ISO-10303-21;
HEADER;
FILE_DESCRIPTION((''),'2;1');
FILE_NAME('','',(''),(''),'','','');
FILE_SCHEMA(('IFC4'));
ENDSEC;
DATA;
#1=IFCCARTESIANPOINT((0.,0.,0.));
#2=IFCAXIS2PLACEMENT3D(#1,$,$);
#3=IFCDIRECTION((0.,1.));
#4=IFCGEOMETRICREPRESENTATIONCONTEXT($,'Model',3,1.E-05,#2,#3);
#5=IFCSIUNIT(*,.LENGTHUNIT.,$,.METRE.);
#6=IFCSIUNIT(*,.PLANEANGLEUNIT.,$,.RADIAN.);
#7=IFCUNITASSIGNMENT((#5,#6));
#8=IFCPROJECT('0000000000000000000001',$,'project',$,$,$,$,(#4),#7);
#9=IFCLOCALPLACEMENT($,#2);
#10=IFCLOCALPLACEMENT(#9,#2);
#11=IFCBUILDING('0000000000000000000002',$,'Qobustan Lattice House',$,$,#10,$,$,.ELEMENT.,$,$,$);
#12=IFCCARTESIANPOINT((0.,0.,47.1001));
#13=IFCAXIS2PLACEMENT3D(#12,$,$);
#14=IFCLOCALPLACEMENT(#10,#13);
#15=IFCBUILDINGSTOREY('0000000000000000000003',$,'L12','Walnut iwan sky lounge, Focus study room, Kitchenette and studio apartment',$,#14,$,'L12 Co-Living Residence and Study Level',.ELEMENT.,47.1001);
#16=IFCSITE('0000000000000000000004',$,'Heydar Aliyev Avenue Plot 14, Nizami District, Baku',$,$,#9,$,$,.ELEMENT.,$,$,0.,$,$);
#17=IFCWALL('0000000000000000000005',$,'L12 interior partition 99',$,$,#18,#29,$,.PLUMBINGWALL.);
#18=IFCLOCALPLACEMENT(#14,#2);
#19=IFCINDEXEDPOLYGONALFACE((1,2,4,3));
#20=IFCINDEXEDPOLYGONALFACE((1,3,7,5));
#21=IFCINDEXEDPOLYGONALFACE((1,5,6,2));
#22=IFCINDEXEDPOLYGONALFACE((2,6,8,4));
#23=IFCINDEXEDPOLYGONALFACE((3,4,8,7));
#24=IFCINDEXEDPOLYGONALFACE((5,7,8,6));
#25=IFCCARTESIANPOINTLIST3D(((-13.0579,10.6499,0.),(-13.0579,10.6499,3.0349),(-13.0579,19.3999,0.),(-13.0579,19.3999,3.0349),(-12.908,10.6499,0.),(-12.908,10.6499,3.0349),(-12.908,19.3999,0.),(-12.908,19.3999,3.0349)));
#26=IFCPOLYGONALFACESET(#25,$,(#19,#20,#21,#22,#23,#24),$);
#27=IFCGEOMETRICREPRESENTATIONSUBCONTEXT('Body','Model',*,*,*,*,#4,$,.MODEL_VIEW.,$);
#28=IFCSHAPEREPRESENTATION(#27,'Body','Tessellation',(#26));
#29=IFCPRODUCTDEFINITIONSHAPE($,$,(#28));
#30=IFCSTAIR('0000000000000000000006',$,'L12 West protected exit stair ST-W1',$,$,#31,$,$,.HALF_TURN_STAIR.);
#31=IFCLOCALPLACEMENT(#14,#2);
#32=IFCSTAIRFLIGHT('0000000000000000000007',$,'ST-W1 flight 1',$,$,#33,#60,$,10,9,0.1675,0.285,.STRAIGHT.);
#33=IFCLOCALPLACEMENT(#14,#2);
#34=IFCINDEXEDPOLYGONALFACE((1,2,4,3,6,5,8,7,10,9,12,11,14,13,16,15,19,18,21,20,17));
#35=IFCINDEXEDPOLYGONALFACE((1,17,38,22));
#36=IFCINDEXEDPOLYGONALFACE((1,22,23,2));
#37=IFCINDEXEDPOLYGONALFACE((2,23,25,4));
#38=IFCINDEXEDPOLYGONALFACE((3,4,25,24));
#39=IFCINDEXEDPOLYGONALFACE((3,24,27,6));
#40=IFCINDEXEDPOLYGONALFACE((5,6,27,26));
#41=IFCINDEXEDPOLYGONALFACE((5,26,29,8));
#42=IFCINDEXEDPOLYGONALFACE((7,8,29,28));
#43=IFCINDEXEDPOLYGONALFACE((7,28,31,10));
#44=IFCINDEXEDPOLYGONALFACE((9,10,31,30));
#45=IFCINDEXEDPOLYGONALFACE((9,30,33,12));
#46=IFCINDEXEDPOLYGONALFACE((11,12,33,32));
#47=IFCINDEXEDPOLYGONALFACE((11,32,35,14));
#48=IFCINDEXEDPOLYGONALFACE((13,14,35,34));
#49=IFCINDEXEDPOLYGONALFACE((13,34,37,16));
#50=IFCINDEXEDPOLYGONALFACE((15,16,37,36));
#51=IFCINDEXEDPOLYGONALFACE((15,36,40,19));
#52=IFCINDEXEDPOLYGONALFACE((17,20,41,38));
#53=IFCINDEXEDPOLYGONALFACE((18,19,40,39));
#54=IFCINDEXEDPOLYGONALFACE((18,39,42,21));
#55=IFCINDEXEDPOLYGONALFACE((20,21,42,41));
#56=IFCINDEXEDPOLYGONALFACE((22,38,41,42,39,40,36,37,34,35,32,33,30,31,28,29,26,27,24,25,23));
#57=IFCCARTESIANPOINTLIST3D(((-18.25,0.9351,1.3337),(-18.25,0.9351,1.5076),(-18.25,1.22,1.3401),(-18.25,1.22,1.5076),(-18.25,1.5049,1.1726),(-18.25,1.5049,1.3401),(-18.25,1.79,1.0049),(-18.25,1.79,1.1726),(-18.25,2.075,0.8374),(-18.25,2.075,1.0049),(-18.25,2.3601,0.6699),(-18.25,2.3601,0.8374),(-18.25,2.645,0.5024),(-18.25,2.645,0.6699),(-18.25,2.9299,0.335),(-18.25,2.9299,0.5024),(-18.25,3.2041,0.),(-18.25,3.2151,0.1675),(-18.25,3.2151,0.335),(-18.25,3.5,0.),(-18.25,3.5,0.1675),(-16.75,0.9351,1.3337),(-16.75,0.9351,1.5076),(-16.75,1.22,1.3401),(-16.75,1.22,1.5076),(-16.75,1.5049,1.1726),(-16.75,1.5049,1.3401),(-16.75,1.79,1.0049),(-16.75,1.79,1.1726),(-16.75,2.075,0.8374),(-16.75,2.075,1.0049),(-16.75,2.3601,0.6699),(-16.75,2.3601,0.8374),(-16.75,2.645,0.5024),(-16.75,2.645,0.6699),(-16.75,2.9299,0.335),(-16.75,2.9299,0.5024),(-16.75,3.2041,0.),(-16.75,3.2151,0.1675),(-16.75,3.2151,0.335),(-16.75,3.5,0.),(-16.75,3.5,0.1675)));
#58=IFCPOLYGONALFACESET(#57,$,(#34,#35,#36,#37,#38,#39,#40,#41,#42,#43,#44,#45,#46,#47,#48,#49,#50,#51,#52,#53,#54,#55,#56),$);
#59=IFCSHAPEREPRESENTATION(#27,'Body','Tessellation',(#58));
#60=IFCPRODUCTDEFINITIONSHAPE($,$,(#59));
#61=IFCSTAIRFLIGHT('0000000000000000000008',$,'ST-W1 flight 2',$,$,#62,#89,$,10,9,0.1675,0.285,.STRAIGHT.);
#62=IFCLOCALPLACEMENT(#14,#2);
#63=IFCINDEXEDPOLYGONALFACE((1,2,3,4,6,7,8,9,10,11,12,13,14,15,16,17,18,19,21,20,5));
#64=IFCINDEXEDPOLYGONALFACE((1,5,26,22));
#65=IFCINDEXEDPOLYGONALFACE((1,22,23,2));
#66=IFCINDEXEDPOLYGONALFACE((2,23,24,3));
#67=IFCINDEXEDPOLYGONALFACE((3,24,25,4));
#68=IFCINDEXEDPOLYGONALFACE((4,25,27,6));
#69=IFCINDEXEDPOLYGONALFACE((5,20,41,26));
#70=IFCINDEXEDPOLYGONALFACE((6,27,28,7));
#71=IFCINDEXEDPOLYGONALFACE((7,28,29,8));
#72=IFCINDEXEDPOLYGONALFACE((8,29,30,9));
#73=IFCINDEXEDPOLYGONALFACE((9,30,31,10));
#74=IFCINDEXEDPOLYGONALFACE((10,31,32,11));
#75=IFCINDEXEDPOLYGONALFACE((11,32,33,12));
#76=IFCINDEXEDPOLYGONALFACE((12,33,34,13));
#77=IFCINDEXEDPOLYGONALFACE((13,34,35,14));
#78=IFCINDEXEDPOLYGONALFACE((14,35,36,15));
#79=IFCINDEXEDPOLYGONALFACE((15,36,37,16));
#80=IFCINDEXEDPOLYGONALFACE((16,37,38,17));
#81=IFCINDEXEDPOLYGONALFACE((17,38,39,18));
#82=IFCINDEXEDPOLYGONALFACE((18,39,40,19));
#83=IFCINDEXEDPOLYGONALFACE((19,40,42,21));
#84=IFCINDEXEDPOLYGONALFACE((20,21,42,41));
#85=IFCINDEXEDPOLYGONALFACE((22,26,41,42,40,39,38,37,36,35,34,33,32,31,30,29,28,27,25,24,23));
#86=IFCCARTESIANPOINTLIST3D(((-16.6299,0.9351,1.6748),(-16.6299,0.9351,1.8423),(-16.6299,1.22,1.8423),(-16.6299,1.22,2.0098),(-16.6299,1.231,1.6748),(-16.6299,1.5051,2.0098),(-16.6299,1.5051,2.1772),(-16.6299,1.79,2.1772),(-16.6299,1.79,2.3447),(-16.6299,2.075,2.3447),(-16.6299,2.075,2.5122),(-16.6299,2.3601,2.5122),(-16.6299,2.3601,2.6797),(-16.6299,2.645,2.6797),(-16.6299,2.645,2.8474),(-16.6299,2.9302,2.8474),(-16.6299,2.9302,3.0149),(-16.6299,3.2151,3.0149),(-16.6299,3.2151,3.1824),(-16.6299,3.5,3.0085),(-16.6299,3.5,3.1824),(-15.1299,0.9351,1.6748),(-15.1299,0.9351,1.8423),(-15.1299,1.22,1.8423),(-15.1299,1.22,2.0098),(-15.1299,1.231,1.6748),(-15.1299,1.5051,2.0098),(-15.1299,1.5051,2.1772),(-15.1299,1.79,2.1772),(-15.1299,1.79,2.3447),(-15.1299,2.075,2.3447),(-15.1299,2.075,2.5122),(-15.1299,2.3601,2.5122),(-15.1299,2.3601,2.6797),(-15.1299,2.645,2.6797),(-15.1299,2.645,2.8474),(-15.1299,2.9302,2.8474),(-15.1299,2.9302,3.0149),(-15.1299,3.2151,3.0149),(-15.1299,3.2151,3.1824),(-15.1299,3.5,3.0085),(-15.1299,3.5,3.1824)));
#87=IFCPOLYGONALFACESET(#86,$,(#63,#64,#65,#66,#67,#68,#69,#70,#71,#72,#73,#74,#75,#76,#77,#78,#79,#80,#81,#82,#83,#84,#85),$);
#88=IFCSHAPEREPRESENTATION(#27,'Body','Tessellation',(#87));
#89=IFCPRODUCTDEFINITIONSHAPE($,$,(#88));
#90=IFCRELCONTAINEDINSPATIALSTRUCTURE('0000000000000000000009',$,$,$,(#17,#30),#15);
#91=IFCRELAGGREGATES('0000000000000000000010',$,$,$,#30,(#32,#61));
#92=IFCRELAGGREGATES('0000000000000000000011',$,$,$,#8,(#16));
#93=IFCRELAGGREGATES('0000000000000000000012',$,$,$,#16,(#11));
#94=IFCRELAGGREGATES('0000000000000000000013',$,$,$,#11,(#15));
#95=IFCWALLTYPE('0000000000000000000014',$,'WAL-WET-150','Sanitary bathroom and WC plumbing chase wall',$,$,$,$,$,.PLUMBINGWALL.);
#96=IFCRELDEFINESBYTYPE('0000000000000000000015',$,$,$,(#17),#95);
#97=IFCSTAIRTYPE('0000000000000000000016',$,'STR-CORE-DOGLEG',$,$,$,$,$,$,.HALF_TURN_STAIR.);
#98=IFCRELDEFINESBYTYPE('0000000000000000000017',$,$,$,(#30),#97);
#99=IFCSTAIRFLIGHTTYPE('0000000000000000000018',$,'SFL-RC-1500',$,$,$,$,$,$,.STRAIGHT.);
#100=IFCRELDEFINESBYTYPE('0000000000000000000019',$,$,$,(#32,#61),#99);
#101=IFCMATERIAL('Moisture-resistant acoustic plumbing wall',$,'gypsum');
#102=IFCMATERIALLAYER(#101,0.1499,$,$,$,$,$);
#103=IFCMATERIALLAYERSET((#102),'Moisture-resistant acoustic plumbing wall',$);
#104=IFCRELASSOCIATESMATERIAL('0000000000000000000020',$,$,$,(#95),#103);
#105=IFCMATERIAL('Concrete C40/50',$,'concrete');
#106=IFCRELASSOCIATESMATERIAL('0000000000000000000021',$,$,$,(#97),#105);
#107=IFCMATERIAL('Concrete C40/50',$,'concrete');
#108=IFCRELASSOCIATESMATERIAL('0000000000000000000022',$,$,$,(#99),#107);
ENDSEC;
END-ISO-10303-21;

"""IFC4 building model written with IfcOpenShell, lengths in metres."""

from ifc_helpers import new_model, si_unit, direction, frame, frame_2d, origin, place, context, subcontext, project, spatial, polyline, rectangle, outline, extrude, material, layer, layer_set, type_object, element, aggregate, save


model = new_model("IFC4")

# Units and contexts
model_context = context("Model", 3, precision=1e-05, world=origin(), true_north=direction((0.0, 1.0)))
body_context = subcontext(model_context, "Body", "Model", "MODEL_VIEW")
ifc_project = project(units=[si_unit("LENGTHUNIT", "METRE"), si_unit("PLANEANGLEUNIT", "RADIAN")], contexts=[model_context])

# Site, building, storey
site_placement = place(None, origin())
site = spatial("IfcSite", under=ifc_project, at=site_placement, Name="Heydar Aliyev Avenue Plot 14, Nizami District, Baku", CompositionType="ELEMENT", RefElevation=0.0)
building_placement = place(site_placement, origin())
building = spatial("IfcBuilding", under=site, at=building_placement, Name="Qobustan Lattice House", CompositionType="ELEMENT")
storey_placement = place(building_placement, frame((0.0, 0.0, 47.1001)))
storey = spatial("IfcBuildingStorey", under=building, at=storey_placement, Name="L12", Description="Walnut iwan sky lounge, Focus study room, Kitchenette and studio apartment", LongName="L12 Co-Living Residence and Study Level", CompositionType="ELEMENT", Elevation=47.1001)

# Shared definitions
ifc_material_1 = material(Name="Moisture-resistant acoustic plumbing wall", Category="gypsum")
ifc_layer_1 = layer(ifc_material_1, 0.1499)
ifc_layer_set_1 = layer_set([ifc_layer_1], Name="Moisture-resistant acoustic plumbing wall")
wall_type_1 = type_object("IfcWallType", Name="WAL-WET-150", Description="Sanitary bathroom and WC plumbing chase wall", PredefinedType="PLUMBINGWALL", material=ifc_layer_set_1)

# Wall
for number, where, z_axis, x_axis, name in (
    (1, (-12.9829, 19.3999, 0.0), (0.0, 0.0, 1.0), (0.0, -1.0, 0.0), "L12 interior partition 99"),
):
    element("IfcWall", number, at=place(storey_placement, frame(where, z_axis=z_axis, x_axis=x_axis)), inside=storey, type_object=wall_type_1, Name=name, PredefinedType="PLUMBINGWALL", context=body_context, shape_type="SweptSolid", body=[
        extrude(rectangle(XDim=8.75, YDim=0.1499, at=frame_2d((4.375, 0.0))), origin(), (0.0, 0.0, 1.0), 3.0349),
    ])

# Stair, stair flights
ifc_material_2 = material(Name="Concrete C40/50", Category="concrete")
stair_type = type_object("IfcStairType", Name="STR-CORE-DOGLEG", PredefinedType="HALF_TURN_STAIR", material=ifc_material_2)
stair_placement = place(storey_placement, origin())
stair = element("IfcStair", 2, at=stair_placement, inside=storey, type_object=stair_type, Name="L12 West protected exit stair ST-W1", PredefinedType="HALF_TURN_STAIR")
ifc_material_3 = material(Name="Concrete C40/50", Category="concrete")
stair_flight_type = type_object("IfcStairFlightType", Name="SFL-RC-1500", PredefinedType="STRAIGHT", material=ifc_material_3)
stair_flight_1_placement = place(storey_placement, frame((-17.5, 3.5, 0.0), z_axis=(0.0, 0.0, 1.0), x_axis=(0.0, -1.0, 0.0)))
stair_flight_1 = element("IfcStairFlight", 3, at=stair_flight_1_placement, type_object=stair_flight_type, Name="ST-W1 flight 1", NumberOfRisers=10, NumberOfTreads=9, PredefinedType="STRAIGHT", RiserHeight=0.1675, TreadLength=0.285, context=body_context, shape_type="SweptSolid", body=[
    extrude(outline(polyline([(0.0, 0.0), (0.0, 0.1675), (0.2849, 0.1675), (0.2849, 0.335), (0.5701, 0.335), (0.5701, 0.5024), (0.855, 0.5024), (0.855, 0.6699), (1.1399, 0.6699), (1.1399, 0.8374), (1.425, 0.8374), (1.425, 1.0049), (1.71, 1.0049), (1.71, 1.1726), (1.9951, 1.1726), (1.9951, 1.3401), (2.28, 1.3401), (2.28, 1.5076), (2.5649, 1.5076), (2.5649, 1.675), (2.5649, 1.3337), (0.2959, 0.0), (0.0, 0.0)])), frame((0.0, 0.75, 0.0), z_axis=(0.0, -1.0, 0.0), x_axis=(1.0, 0.0, 0.0)), (0.0, 0.0, 1.0), 1.5),
])
stair_flight_2_placement = place(storey_placement, frame((-15.8799, 0.9351, 1.6748), z_axis=(0.0, 0.0, 1.0), x_axis=(0.0, 1.0, 0.0)))
stair_flight_2 = element("IfcStairFlight", 4, at=stair_flight_2_placement, type_object=stair_flight_type, Name="ST-W1 flight 2", NumberOfRisers=10, NumberOfTreads=9, PredefinedType="STRAIGHT", RiserHeight=0.1675, TreadLength=0.285, context=body_context, shape_type="SweptSolid", body=[
    extrude(outline(polyline([(0.0, 0.0), (0.0, 0.1675), (0.2849, 0.1675), (0.2849, 0.335), (0.5701, 0.335), (0.5701, 0.5024), (0.855, 0.5024), (0.855, 0.6699), (1.1399, 0.6699), (1.1399, 0.8374), (1.425, 0.8374), (1.425, 1.0049), (1.71, 1.0049), (1.71, 1.1726), (1.9951, 1.1726), (1.9951, 1.3401), (2.28, 1.3401), (2.28, 1.5076), (2.5649, 1.5076), (2.5649, 1.675), (2.5649, 1.3337), (0.2959, 0.0), (0.0, 0.0)])), frame((0.0, 0.75, 0.0), z_axis=(0.0, -1.0, 0.0), x_axis=(1.0, 0.0, 0.0)), (0.0, 0.0, 1.0), 1.5),
])
aggregate(stair, [stair_flight_1, stair_flight_2])

save(model, "model.ifc")
